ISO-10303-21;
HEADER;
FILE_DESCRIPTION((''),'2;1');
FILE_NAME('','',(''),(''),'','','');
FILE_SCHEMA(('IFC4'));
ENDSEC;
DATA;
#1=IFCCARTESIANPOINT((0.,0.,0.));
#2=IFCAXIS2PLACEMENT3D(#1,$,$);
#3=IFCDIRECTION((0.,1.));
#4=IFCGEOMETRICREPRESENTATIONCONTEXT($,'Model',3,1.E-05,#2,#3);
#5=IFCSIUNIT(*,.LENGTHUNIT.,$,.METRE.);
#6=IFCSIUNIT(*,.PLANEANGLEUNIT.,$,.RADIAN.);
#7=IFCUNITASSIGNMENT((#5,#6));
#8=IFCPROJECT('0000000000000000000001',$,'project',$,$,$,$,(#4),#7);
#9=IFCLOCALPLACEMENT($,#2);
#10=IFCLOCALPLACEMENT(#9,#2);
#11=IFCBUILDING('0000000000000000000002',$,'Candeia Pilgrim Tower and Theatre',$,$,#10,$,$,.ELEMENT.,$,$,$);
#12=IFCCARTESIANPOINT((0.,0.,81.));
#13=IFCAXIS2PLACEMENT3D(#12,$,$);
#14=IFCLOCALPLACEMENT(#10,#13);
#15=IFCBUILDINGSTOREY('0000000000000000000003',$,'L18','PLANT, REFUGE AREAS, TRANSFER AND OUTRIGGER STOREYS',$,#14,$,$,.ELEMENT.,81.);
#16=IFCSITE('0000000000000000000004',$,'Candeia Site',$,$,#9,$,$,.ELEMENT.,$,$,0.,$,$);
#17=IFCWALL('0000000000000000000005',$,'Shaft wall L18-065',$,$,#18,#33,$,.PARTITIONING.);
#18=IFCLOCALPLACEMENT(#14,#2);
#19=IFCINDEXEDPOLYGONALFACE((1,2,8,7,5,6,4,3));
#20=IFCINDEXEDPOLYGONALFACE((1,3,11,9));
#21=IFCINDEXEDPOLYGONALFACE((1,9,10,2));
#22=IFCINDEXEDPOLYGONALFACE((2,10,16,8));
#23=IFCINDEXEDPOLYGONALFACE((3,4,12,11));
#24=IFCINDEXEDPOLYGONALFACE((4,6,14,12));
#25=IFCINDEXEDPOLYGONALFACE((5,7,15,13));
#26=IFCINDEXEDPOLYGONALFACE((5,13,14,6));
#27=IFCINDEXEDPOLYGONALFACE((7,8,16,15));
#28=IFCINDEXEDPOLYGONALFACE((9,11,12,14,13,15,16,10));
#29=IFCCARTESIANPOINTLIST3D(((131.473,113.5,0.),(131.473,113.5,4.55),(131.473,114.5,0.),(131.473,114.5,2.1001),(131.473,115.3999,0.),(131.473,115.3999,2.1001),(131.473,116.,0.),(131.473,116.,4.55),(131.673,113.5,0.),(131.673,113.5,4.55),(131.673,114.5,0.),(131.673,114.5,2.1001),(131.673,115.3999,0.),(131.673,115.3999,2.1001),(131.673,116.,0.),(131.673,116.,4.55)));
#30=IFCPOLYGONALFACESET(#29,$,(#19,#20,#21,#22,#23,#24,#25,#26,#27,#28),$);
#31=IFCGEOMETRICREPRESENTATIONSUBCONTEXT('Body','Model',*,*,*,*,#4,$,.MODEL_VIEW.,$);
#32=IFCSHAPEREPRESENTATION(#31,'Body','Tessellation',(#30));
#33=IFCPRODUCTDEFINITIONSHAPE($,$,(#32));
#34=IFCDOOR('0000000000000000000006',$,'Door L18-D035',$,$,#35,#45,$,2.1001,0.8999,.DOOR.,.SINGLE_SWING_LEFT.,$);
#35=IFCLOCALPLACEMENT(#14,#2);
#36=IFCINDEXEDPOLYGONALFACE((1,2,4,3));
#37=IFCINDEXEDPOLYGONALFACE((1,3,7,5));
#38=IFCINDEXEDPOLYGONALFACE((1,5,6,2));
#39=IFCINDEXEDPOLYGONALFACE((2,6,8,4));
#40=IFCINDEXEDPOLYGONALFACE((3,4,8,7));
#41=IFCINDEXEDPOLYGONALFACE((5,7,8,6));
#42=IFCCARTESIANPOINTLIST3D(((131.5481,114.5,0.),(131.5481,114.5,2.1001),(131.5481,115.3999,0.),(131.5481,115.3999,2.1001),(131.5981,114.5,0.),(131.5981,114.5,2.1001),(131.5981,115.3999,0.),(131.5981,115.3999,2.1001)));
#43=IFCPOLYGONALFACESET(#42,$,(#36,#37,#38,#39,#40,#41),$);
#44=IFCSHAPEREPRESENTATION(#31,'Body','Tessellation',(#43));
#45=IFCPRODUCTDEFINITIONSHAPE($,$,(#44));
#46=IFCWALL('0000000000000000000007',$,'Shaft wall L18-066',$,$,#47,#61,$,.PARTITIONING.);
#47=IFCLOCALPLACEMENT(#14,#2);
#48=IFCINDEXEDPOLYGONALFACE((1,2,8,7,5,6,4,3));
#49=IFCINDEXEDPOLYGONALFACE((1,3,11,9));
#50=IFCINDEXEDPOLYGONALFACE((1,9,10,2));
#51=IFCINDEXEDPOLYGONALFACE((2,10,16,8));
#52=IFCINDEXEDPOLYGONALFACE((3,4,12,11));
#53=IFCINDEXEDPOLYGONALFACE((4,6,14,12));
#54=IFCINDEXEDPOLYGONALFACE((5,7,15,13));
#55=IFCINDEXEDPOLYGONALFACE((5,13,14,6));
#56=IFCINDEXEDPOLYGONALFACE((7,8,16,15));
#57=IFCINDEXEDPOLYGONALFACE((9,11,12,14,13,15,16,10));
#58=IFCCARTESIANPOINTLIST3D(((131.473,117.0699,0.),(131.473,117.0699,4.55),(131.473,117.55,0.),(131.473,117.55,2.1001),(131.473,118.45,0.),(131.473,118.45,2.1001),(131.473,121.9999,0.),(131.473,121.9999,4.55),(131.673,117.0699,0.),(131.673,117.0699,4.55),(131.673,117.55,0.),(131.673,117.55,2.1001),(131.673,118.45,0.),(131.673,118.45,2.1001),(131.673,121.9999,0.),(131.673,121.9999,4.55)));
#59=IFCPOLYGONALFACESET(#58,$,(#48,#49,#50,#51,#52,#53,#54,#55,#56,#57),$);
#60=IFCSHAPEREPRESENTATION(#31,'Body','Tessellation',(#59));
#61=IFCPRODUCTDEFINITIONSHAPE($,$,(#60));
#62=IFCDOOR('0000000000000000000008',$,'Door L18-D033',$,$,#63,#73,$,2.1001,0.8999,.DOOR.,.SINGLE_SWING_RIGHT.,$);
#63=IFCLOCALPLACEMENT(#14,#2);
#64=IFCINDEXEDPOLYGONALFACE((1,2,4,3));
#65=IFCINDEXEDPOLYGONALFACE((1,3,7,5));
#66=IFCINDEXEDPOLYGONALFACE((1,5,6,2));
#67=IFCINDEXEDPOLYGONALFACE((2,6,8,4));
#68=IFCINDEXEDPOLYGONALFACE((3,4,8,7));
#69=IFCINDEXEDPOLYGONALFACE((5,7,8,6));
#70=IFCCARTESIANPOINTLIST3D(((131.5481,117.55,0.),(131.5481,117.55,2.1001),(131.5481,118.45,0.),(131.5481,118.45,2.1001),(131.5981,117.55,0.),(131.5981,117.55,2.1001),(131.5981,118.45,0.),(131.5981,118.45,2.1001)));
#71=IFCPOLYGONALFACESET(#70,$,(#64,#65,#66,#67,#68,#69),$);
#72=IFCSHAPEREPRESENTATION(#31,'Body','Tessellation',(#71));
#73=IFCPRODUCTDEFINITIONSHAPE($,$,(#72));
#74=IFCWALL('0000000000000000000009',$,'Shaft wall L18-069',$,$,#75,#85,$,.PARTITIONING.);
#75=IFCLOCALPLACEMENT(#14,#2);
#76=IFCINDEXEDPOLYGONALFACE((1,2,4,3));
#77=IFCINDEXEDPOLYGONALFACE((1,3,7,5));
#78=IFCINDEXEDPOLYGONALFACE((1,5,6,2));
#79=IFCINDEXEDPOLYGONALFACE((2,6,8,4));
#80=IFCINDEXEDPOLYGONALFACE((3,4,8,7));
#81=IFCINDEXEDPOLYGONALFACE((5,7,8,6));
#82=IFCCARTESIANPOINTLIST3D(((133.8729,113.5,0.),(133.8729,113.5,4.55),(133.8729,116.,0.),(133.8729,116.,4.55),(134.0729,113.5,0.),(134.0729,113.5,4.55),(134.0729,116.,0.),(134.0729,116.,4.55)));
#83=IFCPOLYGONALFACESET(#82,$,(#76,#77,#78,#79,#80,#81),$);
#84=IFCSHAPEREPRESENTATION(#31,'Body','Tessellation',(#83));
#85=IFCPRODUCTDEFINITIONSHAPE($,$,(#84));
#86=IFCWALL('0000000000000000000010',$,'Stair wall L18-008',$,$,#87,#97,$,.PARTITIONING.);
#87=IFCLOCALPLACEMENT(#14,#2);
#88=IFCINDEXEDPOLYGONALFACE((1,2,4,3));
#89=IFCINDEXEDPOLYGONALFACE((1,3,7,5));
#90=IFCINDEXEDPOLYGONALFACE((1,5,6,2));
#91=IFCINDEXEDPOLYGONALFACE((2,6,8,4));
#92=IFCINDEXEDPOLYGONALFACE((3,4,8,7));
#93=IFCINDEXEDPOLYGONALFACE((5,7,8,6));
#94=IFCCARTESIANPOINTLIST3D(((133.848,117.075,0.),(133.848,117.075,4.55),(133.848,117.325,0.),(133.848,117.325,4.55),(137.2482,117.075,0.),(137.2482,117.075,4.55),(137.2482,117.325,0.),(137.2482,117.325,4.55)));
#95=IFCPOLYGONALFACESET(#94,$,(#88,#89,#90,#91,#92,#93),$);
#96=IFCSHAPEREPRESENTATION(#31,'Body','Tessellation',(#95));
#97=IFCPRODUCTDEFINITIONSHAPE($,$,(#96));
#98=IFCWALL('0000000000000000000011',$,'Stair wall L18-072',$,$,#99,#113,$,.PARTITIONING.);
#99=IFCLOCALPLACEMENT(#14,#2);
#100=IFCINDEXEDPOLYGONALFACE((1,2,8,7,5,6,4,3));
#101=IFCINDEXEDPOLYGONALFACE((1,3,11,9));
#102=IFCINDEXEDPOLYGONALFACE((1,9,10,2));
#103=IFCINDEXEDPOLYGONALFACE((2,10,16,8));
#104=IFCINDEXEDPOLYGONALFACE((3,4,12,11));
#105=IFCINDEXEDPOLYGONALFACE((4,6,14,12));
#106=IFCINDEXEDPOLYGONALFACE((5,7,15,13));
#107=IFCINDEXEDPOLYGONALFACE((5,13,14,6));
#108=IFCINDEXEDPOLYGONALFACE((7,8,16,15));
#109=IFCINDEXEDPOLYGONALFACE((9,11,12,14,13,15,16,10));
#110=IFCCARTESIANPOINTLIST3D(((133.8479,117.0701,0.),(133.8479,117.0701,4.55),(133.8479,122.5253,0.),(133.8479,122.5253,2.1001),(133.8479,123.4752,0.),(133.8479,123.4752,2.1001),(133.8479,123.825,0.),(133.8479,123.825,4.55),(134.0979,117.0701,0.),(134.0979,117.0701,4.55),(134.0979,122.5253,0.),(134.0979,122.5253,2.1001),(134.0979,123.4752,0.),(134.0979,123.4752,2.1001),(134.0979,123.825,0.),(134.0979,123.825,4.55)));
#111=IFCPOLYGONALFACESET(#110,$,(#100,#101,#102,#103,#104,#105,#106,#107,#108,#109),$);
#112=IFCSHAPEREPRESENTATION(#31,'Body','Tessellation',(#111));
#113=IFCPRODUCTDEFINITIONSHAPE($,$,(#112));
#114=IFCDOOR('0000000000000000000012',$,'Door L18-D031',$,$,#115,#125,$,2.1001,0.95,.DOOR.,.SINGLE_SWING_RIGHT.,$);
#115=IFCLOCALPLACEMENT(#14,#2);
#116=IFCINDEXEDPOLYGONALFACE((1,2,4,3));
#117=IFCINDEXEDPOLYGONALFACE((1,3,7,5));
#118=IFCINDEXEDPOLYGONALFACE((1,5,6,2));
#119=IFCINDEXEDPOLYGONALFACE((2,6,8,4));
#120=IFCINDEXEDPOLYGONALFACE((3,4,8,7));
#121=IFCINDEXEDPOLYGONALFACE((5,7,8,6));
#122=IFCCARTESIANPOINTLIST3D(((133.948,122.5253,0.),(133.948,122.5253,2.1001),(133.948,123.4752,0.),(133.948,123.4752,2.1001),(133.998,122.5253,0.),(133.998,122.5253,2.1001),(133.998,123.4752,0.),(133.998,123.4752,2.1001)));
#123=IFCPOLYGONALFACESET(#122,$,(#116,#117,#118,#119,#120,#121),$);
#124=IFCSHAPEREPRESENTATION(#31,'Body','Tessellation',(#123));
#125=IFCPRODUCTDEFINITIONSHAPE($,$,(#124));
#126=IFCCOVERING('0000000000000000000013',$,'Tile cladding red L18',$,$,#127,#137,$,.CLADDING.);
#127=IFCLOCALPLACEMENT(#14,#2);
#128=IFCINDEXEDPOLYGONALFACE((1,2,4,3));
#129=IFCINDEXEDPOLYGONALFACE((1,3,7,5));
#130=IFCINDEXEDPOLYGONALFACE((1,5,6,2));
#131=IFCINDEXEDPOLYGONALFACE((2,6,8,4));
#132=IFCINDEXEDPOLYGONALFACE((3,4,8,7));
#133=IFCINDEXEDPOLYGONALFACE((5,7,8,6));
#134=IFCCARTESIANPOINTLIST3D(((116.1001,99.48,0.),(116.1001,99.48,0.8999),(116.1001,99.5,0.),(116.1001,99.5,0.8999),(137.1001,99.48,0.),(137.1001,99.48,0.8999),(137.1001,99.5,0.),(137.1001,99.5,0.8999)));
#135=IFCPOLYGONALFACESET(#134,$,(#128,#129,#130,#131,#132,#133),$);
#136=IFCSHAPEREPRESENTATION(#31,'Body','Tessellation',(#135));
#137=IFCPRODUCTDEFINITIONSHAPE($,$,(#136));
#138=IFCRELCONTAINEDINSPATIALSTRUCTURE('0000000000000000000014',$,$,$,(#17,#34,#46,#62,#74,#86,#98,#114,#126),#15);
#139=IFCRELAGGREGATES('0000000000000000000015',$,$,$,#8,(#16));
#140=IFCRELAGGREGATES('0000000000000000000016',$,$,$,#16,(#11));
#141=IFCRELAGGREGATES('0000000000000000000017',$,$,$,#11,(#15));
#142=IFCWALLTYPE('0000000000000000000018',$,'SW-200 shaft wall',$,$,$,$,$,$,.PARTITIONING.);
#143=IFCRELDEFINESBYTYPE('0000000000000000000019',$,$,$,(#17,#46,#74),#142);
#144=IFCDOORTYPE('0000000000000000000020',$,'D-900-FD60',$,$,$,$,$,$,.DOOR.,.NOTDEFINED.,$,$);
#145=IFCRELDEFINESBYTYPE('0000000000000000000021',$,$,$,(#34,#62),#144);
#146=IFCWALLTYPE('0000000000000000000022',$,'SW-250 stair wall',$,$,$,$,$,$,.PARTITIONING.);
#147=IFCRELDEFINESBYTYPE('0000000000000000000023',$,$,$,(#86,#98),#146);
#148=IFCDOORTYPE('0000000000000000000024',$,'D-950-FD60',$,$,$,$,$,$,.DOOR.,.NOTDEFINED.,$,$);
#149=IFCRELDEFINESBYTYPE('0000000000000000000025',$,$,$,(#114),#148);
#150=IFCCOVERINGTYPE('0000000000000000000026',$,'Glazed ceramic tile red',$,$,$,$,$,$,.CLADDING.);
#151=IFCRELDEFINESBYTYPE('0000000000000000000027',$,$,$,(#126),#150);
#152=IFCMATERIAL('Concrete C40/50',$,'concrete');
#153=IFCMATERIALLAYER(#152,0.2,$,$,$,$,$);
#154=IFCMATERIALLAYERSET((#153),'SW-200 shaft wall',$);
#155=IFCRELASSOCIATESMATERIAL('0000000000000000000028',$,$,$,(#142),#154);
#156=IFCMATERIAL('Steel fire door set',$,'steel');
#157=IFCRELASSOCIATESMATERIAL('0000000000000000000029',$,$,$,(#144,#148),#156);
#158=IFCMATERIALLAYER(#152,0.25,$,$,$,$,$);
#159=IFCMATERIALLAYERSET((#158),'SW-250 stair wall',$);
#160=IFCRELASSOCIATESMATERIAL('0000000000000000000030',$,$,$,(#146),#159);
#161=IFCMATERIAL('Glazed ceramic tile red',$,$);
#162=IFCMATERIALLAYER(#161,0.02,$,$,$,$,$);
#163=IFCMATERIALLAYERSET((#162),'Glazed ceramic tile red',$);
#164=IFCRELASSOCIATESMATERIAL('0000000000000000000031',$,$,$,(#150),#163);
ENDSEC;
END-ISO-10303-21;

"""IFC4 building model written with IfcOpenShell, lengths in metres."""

from ifc_helpers import new_model, si_unit, direction, frame, frame_2d, origin, origin_2d, place, context, subcontext, project, spatial, rectangle, extrude, material, layer, layer_set, type_object, element, fill, save


model = new_model("IFC4")

# Units and contexts
model_context = context("Model", 3, precision=1e-05, world=origin(), true_north=direction((0.0, 1.0)))
body_context = subcontext(model_context, "Body", "Model", "MODEL_VIEW")
ifc_project = project(units=[si_unit("LENGTHUNIT", "METRE"), si_unit("PLANEANGLEUNIT", "RADIAN")], contexts=[model_context])

# Site, building, storey
site_placement = place(None, origin())
site = spatial("IfcSite", under=ifc_project, at=site_placement, Name="Candeia Site", CompositionType="ELEMENT", RefElevation=0.0)
building_placement = place(site_placement, origin())
building = spatial("IfcBuilding", under=site, at=building_placement, Name="Candeia Pilgrim Tower and Theatre", CompositionType="ELEMENT")
storey_placement = place(building_placement, frame((0.0, 0.0, 81.0)))
storey = spatial("IfcBuildingStorey", under=building, at=storey_placement, Name="L18", Description="PLANT, REFUGE AREAS, TRANSFER AND OUTRIGGER STOREYS", CompositionType="ELEMENT", Elevation=81.0)

# Shared definitions
ifc_material_1 = material(Name="Steel fire door set", Category="steel")

# Shared definitions
ifc_material_2 = material(Name="Concrete C40/50", Category="concrete")
ifc_layer_1 = layer(ifc_material_2, 0.2)
ifc_layer_set_1 = layer_set([ifc_layer_1], Name="SW-200 shaft wall")
wall_type_1 = type_object("IfcWallType", Name="SW-200 shaft wall", PredefinedType="PARTITIONING", material=ifc_layer_set_1)
door_type_1 = type_object("IfcDoorType", Name="D-900-FD60", OperationType="NOTDEFINED", PredefinedType="DOOR", material=ifc_material_1)

# Walls, openings, doors
wall_1_placement = place(storey_placement, frame((131.573, 113.5, 0.0), z_axis=(0.0, 0.0, 1.0), x_axis=(0.0, 1.0, 0.0)))
wall_1 = element("IfcWall", 1, at=wall_1_placement, inside=storey, type_object=wall_type_1, Name="Shaft wall L18-065", PredefinedType="PARTITIONING", context=body_context, shape_type="SweptSolid", body=[
    extrude(rectangle(XDim=2.5, YDim=0.2, at=frame_2d((1.25, 0.0))), origin(), (0.0, 0.0, 1.0), 4.55),
])
opening_1_placement = place(wall_1_placement, frame((1.0, 0.0, 0.0)))
opening_1 = element("IfcOpeningElement", 2, at=opening_1_placement, cuts=wall_1, PredefinedType="OPENING", context=body_context, shape_type="SweptSolid", body=[
    extrude(rectangle(XDim=0.8999, YDim=2.1001, at=frame_2d((0.45, 1.05))), frame((0.0, 0.1099, 0.0), z_axis=(0.0, -1.0, 0.0), x_axis=(1.0, 0.0, 0.0)), (0.0, 0.0, 1.0), 0.22),
])
door_1_placement = place(opening_1_placement, origin())
door_1 = element("IfcDoor", 3, at=door_1_placement, inside=storey, type_object=door_type_1, Name="Door L18-D035", OperationType="SINGLE_SWING_LEFT", OverallHeight=2.1001, OverallWidth=0.8999, PredefinedType="DOOR", context=body_context, shape_type="SweptSolid", body=[
    extrude(rectangle(XDim=0.8999, YDim=2.1001, at=frame_2d((0.45, 1.05))), frame((0.0, 0.0249, 0.0), z_axis=(0.0, -1.0, 0.0), x_axis=(1.0, 0.0, 0.0)), (0.0, 0.0, 1.0), 0.05),
])
fill(opening_1, door_1)
wall_2_placement = place(storey_placement, frame((131.573, 117.0701, 0.0), z_axis=(0.0, 0.0, 1.0), x_axis=(0.0, 1.0, 0.0)))
wall_2 = element("IfcWall", 4, at=wall_2_placement, inside=storey, type_object=wall_type_1, Name="Shaft wall L18-066", PredefinedType="PARTITIONING", context=body_context, shape_type="SweptSolid", body=[
    extrude(rectangle(XDim=4.9299, YDim=0.2, at=frame_2d((2.4648, 0.0))), origin(), (0.0, 0.0, 1.0), 4.55),
])
opening_2_placement = place(wall_2_placement, frame((0.48, 0.0, 0.0)))
opening_2 = element("IfcOpeningElement", 5, at=opening_2_placement, cuts=wall_2, PredefinedType="OPENING", context=body_context, shape_type="SweptSolid", body=[
    extrude(rectangle(XDim=0.8999, YDim=2.1001, at=frame_2d((0.45, 1.05))), frame((0.0, 0.1099, 0.0), z_axis=(0.0, -1.0, 0.0), x_axis=(1.0, 0.0, 0.0)), (0.0, 0.0, 1.0), 0.22),
])
door_2_placement = place(opening_2_placement, origin())
door_2 = element("IfcDoor", 6, at=door_2_placement, inside=storey, type_object=door_type_1, Name="Door L18-D033", OperationType="SINGLE_SWING_RIGHT", OverallHeight=2.1001, OverallWidth=0.8999, PredefinedType="DOOR", context=body_context, shape_type="SweptSolid", body=[
    extrude(rectangle(XDim=0.8999, YDim=2.1001, at=frame_2d((0.45, 1.05))), frame((0.0, 0.0249, 0.0), z_axis=(0.0, -1.0, 0.0), x_axis=(1.0, 0.0, 0.0)), (0.0, 0.0, 1.0), 0.05),
])
fill(opening_2, door_2)

# Walls
wall_3_placement = place(storey_placement, frame((133.9729, 113.5, 0.0), z_axis=(0.0, 0.0, 1.0), x_axis=(0.0, 1.0, 0.0)))
element("IfcWall", 7, at=wall_3_placement, inside=storey, type_object=wall_type_1, Name="Shaft wall L18-069", PredefinedType="PARTITIONING", context=body_context, shape_type="SweptSolid", body=[
    extrude(rectangle(XDim=2.5, YDim=0.2, at=frame_2d((1.25, 0.0))), origin(), (0.0, 0.0, 1.0), 4.55),
])
ifc_layer_2 = layer(ifc_material_2, 0.25)
ifc_layer_set_2 = layer_set([ifc_layer_2], Name="SW-250 stair wall")
wall_type_2 = type_object("IfcWallType", Name="SW-250 stair wall", PredefinedType="PARTITIONING", material=ifc_layer_set_2)
wall_4_placement = place(storey_placement, frame((133.8479, 117.2, 0.0), z_axis=(0.0, 0.0, 1.0), x_axis=(1.0, 0.0, 0.0)))
element("IfcWall", 8, at=wall_4_placement, inside=storey, type_object=wall_type_2, Name="Stair wall L18-008", PredefinedType="PARTITIONING", context=body_context, shape_type="SweptSolid", body=[
    extrude(rectangle(XDim=3.4001, YDim=0.25, at=frame_2d((1.7002, 0.0))), origin(), (0.0, 0.0, 1.0), 4.55),
])

# Wall, opening, door
wall_5_placement = place(storey_placement, frame((133.9729, 117.0701, 0.0), z_axis=(0.0, 0.0, 1.0), x_axis=(0.0, 1.0, 0.0)))
wall_5 = element("IfcWall", 9, at=wall_5_placement, inside=storey, type_object=wall_type_2, Name="Stair wall L18-072", PredefinedType="PARTITIONING", context=body_context, shape_type="SweptSolid", body=[
    extrude(rectangle(XDim=6.7549, YDim=0.25, at=frame_2d((3.3774, 0.0))), origin(), (0.0, 0.0, 1.0), 4.55),
])
opening_3_placement = place(wall_5_placement, frame((5.4551, 0.0, 0.0)))
opening_3 = element("IfcOpeningElement", 10, at=opening_3_placement, cuts=wall_5, PredefinedType="OPENING", context=body_context, shape_type="SweptSolid", body=[
    extrude(rectangle(XDim=0.95, YDim=2.1001, at=frame_2d((0.4751, 1.05))), frame((0.0, 0.135, 0.0), z_axis=(0.0, -1.0, 0.0), x_axis=(1.0, 0.0, 0.0)), (0.0, 0.0, 1.0), 0.27),
])
door_type_2 = type_object("IfcDoorType", Name="D-950-FD60", OperationType="NOTDEFINED", PredefinedType="DOOR", material=ifc_material_1)
door_3_placement = place(opening_3_placement, origin())
door_3 = element("IfcDoor", 11, at=door_3_placement, inside=storey, type_object=door_type_2, Name="Door L18-D031", OperationType="SINGLE_SWING_RIGHT", OverallHeight=2.1001, OverallWidth=0.95, PredefinedType="DOOR", context=body_context, shape_type="SweptSolid", body=[
    extrude(rectangle(XDim=0.95, YDim=2.1001, at=frame_2d((0.4751, 1.05))), frame((0.0, 0.0249, 0.0), z_axis=(0.0, -1.0, 0.0), x_axis=(1.0, 0.0, 0.0)), (0.0, 0.0, 1.0), 0.05),
])
fill(opening_3, door_3)

# Covering
ifc_material_3 = material(Name="Glazed ceramic tile red")
ifc_layer_3 = layer(ifc_material_3, 0.02)
ifc_layer_set_3 = layer_set([ifc_layer_3], Name="Glazed ceramic tile red")
covering_type = type_object("IfcCoveringType", Name="Glazed ceramic tile red", PredefinedType="CLADDING", material=ifc_layer_set_3)
covering_placement = place(storey_placement, frame((126.6001, 99.49, 0.0), z_axis=(0.0, 0.0, 1.0), x_axis=(1.0, 0.0, 0.0)))
element("IfcCovering", 12, at=covering_placement, inside=storey, type_object=covering_type, Name="Tile cladding red L18", PredefinedType="CLADDING", context=body_context, shape_type="SweptSolid", body=[
    extrude(rectangle(XDim=21.0, YDim=0.02, at=origin_2d()), origin(), (0.0, 0.0, 1.0), 0.8999),
])

save(model, "model.ifc")
